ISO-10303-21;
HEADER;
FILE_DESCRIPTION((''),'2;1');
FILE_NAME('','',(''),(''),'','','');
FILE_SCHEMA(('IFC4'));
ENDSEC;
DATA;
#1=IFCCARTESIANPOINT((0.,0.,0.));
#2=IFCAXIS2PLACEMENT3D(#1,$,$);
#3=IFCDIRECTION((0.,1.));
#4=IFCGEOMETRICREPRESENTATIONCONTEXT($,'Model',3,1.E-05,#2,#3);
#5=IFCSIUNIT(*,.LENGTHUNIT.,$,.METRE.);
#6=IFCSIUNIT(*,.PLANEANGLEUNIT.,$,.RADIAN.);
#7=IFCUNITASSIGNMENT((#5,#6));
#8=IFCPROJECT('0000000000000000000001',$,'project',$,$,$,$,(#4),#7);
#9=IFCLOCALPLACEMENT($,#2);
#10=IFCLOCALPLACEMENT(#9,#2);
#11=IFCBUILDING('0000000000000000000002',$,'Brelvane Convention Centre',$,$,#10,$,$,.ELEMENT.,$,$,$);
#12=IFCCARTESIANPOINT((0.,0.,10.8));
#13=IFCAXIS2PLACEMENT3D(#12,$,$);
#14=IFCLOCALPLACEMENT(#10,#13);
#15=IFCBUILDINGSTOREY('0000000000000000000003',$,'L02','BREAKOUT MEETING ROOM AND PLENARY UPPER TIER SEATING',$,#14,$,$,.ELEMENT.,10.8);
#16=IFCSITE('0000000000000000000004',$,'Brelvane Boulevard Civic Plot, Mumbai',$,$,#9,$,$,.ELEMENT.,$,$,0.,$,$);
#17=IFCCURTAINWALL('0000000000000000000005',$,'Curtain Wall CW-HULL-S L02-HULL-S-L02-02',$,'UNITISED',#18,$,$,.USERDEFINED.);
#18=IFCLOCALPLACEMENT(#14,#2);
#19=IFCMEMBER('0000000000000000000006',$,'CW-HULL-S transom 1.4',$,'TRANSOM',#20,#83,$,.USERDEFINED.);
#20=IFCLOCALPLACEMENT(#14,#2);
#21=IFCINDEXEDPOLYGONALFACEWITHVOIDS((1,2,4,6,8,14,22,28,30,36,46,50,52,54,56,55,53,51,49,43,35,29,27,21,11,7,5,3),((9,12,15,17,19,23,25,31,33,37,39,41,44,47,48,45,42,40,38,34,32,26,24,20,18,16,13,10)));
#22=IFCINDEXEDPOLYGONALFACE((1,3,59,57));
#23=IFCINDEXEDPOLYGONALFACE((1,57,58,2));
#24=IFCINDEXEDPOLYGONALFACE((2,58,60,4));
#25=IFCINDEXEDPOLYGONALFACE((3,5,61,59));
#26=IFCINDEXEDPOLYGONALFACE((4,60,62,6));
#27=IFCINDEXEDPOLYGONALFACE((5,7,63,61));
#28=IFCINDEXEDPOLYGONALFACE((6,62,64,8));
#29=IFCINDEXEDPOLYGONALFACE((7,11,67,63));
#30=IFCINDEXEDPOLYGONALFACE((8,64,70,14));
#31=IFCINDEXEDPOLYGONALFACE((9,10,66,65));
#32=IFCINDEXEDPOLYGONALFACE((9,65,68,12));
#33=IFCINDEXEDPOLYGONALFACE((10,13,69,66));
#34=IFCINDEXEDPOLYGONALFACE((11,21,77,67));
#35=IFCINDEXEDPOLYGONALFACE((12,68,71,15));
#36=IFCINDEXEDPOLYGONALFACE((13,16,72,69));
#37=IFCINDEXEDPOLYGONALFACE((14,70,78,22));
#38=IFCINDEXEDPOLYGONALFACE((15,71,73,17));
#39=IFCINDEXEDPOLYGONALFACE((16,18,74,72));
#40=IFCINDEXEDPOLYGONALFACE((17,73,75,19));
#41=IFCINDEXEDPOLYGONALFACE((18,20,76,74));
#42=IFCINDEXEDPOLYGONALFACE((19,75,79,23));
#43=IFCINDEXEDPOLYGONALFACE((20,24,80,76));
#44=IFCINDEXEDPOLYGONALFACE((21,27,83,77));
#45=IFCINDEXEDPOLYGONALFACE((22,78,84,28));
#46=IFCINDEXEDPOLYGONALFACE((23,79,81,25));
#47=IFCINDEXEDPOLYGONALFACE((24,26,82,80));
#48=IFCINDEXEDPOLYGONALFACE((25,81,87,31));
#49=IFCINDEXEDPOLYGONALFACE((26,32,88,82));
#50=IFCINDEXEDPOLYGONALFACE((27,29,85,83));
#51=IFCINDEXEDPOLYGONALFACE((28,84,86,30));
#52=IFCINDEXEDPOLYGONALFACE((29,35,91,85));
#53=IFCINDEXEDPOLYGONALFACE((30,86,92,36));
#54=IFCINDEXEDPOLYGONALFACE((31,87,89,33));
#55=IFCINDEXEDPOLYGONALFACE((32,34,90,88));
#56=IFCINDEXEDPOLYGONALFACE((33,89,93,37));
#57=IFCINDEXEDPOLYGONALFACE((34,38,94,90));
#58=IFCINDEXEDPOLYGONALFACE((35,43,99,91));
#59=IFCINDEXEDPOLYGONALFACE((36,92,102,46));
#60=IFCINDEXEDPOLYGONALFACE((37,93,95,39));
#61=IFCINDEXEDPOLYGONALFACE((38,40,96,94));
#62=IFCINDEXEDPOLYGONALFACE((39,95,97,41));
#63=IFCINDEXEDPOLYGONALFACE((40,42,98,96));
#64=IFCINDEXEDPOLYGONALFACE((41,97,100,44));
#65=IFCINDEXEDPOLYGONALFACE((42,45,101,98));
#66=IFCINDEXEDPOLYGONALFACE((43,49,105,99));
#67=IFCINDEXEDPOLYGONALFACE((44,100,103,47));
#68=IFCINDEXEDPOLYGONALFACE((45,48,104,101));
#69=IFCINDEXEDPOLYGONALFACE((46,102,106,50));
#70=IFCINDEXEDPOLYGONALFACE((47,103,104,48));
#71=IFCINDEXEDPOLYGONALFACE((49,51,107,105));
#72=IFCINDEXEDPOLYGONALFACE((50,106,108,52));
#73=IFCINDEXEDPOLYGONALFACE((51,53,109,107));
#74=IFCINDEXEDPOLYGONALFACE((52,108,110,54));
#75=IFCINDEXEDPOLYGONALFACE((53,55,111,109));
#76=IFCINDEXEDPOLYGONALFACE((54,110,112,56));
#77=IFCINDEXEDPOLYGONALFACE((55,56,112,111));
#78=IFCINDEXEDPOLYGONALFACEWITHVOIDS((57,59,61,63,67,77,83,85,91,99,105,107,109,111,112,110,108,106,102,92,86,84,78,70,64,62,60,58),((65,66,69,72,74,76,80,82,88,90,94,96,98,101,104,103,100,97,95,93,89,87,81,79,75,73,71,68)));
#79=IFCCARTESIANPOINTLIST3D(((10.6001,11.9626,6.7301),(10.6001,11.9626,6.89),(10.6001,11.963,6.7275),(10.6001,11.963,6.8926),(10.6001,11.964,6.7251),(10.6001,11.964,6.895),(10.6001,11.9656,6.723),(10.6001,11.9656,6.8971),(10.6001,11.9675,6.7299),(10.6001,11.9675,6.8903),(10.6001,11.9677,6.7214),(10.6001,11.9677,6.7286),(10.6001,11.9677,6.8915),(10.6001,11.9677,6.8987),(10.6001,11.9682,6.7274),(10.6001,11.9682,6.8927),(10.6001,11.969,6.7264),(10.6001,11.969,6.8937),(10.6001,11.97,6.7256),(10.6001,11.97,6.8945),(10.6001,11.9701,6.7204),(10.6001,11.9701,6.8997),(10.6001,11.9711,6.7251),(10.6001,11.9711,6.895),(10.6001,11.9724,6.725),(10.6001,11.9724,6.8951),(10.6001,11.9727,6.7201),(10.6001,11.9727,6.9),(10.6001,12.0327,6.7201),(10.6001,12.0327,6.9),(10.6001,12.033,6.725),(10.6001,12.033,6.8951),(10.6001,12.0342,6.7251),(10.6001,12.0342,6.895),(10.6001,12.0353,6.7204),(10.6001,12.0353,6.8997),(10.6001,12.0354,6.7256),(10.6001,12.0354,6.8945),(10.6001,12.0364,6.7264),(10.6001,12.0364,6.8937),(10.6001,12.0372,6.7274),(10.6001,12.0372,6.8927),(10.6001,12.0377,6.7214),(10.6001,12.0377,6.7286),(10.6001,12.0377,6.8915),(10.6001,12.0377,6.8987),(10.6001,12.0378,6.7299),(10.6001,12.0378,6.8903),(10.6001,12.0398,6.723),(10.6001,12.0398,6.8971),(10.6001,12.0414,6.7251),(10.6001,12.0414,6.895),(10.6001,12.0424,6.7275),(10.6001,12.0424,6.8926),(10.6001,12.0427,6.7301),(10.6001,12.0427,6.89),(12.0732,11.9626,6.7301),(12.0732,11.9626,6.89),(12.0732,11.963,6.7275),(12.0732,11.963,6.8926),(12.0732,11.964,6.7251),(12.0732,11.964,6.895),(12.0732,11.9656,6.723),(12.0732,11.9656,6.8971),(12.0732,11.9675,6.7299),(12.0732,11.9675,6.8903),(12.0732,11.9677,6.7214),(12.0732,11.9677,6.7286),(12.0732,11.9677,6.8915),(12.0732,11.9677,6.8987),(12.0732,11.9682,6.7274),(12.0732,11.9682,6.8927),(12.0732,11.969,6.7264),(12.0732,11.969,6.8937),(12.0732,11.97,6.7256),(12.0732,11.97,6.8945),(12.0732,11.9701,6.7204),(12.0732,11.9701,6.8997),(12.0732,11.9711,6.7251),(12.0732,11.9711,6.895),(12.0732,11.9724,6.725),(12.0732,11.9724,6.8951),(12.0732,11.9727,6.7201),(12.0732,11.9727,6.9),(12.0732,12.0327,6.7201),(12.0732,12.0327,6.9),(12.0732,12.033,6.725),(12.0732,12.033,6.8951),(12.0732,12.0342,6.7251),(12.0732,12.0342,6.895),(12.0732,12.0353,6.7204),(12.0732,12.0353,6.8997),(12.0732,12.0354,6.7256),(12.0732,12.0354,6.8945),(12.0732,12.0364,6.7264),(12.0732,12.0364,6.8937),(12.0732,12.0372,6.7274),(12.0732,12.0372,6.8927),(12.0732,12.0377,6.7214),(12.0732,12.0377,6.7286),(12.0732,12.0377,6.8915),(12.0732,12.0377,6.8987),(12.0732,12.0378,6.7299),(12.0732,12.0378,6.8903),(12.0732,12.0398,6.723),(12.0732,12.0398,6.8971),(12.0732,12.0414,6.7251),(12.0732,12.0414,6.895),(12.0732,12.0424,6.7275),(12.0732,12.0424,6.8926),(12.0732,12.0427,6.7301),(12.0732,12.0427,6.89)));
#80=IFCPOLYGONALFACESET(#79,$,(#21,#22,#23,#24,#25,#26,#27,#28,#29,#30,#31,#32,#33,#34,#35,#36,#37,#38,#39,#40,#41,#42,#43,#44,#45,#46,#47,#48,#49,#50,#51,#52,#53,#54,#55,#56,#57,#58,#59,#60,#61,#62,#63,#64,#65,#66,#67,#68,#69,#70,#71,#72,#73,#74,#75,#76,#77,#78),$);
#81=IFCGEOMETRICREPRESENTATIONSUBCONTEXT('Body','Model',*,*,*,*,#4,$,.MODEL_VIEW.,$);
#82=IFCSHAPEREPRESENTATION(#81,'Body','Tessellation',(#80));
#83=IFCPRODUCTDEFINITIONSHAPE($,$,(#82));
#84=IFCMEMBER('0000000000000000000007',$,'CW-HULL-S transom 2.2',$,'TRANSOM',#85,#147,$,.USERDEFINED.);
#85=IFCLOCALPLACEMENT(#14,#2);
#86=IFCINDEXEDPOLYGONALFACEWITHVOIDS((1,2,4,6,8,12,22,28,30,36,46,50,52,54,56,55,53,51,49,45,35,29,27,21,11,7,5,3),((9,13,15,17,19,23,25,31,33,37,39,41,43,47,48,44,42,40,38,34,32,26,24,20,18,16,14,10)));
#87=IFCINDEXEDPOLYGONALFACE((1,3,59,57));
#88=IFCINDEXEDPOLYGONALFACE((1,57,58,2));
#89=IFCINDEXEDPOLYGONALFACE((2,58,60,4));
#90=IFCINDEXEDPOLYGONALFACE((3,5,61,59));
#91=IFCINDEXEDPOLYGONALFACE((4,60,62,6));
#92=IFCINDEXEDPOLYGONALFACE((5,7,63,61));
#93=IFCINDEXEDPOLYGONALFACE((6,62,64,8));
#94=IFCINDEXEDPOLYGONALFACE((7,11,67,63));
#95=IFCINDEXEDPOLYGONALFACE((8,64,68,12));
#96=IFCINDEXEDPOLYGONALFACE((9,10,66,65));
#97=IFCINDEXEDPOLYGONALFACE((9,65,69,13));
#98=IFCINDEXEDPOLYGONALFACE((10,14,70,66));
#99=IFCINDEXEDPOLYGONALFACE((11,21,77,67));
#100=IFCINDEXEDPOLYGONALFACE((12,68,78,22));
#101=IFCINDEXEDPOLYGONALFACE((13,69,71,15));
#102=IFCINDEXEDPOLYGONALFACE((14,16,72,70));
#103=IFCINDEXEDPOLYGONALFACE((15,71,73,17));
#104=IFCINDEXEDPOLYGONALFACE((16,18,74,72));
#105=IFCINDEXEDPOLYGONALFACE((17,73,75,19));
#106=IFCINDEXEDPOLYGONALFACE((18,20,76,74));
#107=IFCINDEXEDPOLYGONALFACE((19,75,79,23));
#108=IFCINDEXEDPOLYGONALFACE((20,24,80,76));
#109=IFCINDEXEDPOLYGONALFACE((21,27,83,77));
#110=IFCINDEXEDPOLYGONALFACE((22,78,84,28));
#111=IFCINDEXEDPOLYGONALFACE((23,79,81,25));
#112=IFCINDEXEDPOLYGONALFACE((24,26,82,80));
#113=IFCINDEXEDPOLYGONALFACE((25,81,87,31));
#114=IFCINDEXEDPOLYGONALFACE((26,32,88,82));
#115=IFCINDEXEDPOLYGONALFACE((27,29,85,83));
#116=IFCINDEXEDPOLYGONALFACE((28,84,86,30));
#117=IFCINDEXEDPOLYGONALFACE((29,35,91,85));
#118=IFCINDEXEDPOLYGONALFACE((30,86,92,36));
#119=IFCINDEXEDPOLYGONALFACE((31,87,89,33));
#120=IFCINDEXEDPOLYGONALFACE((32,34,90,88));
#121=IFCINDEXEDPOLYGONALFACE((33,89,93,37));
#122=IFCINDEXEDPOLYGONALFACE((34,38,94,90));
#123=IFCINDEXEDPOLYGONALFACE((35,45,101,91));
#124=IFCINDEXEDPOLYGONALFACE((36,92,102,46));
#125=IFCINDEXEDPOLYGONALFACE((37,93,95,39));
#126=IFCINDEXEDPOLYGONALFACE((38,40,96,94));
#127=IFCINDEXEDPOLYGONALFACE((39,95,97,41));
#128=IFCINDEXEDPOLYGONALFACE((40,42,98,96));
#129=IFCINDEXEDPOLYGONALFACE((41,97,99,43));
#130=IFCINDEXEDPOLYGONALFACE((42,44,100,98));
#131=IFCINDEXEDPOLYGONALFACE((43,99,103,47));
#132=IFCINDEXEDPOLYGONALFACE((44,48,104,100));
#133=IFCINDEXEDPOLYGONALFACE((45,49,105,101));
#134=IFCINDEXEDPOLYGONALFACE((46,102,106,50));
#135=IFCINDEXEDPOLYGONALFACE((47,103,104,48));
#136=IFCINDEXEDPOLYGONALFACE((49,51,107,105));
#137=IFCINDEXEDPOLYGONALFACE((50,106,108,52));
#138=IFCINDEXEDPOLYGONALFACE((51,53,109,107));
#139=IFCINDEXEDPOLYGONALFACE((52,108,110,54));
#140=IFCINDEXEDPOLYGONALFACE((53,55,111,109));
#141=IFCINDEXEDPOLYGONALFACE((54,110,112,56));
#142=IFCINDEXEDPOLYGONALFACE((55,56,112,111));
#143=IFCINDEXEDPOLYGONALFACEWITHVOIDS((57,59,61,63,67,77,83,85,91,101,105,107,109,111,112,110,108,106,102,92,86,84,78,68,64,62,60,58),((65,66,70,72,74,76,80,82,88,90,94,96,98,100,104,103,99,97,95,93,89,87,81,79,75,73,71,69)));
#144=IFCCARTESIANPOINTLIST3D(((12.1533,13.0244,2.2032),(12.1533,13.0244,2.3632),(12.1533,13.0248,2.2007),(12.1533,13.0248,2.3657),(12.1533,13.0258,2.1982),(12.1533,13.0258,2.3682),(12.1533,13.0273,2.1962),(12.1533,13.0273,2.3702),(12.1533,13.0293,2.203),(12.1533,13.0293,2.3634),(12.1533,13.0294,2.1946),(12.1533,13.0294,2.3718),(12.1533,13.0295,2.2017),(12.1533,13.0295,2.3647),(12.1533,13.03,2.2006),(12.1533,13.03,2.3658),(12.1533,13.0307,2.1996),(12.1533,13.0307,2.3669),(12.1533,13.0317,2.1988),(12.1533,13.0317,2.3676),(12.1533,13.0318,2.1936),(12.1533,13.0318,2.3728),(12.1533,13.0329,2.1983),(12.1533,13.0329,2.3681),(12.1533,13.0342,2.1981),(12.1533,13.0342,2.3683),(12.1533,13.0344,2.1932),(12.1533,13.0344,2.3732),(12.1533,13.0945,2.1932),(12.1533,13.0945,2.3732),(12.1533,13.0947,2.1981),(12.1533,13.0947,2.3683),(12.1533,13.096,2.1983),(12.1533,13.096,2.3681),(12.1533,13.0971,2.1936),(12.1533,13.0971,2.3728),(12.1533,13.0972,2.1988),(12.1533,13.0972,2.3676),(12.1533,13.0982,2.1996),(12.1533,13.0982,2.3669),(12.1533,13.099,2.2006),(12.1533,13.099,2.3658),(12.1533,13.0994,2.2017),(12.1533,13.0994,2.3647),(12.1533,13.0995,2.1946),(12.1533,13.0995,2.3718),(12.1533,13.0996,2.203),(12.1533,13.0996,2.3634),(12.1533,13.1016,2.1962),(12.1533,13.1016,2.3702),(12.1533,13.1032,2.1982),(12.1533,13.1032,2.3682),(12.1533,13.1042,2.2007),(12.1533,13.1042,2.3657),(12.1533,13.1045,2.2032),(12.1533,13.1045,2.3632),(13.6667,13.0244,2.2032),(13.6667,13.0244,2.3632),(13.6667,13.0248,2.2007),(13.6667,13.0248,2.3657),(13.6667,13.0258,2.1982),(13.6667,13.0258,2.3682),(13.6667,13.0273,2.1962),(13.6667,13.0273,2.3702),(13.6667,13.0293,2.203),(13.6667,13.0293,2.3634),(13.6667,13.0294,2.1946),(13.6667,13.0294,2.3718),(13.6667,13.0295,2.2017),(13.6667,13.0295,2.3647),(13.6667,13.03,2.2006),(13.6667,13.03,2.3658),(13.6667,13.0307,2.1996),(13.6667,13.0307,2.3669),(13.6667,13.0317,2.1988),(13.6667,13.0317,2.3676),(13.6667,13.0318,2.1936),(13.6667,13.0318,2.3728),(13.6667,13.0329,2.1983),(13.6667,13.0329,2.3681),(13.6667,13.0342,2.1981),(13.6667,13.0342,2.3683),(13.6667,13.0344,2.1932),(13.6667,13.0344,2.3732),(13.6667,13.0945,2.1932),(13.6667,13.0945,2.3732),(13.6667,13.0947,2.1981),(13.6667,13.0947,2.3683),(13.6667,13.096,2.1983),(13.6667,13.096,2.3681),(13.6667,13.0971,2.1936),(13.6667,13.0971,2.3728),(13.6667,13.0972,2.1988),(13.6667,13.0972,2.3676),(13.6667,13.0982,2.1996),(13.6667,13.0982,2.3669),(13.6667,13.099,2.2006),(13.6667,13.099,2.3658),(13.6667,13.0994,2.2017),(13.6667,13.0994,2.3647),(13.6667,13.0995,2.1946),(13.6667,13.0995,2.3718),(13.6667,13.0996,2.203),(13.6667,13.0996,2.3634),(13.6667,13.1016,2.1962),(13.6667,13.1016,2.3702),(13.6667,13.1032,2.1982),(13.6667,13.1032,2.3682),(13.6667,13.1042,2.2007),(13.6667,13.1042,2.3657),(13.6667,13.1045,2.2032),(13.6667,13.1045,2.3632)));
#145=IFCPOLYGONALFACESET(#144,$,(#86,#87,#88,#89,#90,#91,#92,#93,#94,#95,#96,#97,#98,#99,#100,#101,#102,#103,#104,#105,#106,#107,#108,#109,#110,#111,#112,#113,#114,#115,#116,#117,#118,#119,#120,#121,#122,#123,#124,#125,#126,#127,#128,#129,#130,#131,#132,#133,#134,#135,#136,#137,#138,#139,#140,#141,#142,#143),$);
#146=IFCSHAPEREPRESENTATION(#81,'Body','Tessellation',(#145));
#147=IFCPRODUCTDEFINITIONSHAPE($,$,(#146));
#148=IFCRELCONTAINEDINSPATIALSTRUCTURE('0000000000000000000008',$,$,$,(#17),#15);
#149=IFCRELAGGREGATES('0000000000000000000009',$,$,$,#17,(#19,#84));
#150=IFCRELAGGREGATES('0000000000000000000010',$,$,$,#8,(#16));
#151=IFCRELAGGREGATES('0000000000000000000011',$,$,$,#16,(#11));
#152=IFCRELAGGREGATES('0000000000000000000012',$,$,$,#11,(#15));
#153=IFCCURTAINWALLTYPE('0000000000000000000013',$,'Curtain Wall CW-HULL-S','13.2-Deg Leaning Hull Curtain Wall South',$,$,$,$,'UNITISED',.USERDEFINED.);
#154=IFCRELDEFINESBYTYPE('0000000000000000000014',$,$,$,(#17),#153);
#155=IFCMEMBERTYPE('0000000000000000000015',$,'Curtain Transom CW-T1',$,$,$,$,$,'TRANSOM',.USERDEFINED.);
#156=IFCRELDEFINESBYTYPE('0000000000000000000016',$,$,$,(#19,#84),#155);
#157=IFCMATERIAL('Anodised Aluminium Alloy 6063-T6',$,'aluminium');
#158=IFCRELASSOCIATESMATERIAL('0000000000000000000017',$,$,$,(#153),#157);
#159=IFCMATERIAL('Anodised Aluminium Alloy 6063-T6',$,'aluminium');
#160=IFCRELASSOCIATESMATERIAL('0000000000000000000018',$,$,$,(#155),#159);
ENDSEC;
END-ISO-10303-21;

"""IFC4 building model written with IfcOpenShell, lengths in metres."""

from ifc_helpers import new_model, si_unit, direction, frame, origin, origin_2d, place, context, subcontext, project, spatial, hollow_rectangle, extrude, material, material_profile, profile_set, type_object, element, aggregate, save


model = new_model("IFC4")

# Units and contexts
model_context = context("Model", 3, precision=1e-05, world=origin(), true_north=direction((0.0, 1.0)))
body_context = subcontext(model_context, "Body", "Model", "MODEL_VIEW")
ifc_project = project(units=[si_unit("LENGTHUNIT", "METRE"), si_unit("PLANEANGLEUNIT", "RADIAN")], contexts=[model_context])

# Site, building, storey
site_placement = place(None, origin())
site = spatial("IfcSite", under=ifc_project, at=site_placement, Name="Brelvane Boulevard Civic Plot, Mumbai", CompositionType="ELEMENT", RefElevation=0.0)
building_placement = place(site_placement, origin())
building = spatial("IfcBuilding", under=site, at=building_placement, Name="Brelvane Convention Centre", CompositionType="ELEMENT")
storey_placement = place(building_placement, frame((0.0, 0.0, 10.8)))
storey = spatial("IfcBuildingStorey", under=building, at=storey_placement, Name="L02", Description="BREAKOUT MEETING ROOM AND PLENARY UPPER TIER SEATING", CompositionType="ELEMENT", Elevation=10.8)

# Curtain wall, members
ifc_material_1 = material(Name="Anodised Aluminium Alloy 6063-T6", Category="aluminium")
curtain_wall_type = type_object("IfcCurtainWallType", Name="Curtain Wall CW-HULL-S", Description="13.2-Deg Leaning Hull Curtain Wall South", ElementType="UNITISED", PredefinedType="USERDEFINED", material=ifc_material_1)
ifc_material_2 = material(Name="Anodised Aluminium Alloy 6063-T6", Category="aluminium")
ifc_material_profile = material_profile(ifc_material_2, hollow_rectangle(XDim=0.0801, YDim=0.1799, WallThickness=0.0049, InnerFilletRadius=0.0049, OuterFilletRadius=0.01, at=origin_2d()), Name="ALU-T 180x80x5.0")
ifc_profile_set = profile_set([ifc_material_profile], Name="Anodised Aluminium Alloy 6063-T6")
member_type = type_object("IfcMemberType", Name="Curtain Transom CW-T1", ElementType="TRANSOM", PredefinedType="USERDEFINED", material=ifc_profile_set)
curtain_wall_1_placement = place(storey_placement, origin())
curtain_wall_1 = element("IfcCurtainWall", 1, at=curtain_wall_1_placement, inside=storey, type_object=curtain_wall_type, Name="Curtain Wall CW-HULL-S L02-HULL-S-L02-02", ObjectType="UNITISED", PredefinedType="USERDEFINED")
member_1_placement = place(storey_placement, frame((10.6001, 12.0027, 6.8101), z_axis=(1.0, 0.0, 0.0), x_axis=(0.0, 1.0, 0.0)))
member_1 = element("IfcMember", 2, at=member_1_placement, type_object=member_type, Name="CW-HULL-S transom 1.4", ObjectType="TRANSOM", PredefinedType="USERDEFINED", context=body_context, shape_type="SweptSolid", body=[
    extrude(hollow_rectangle(XDim=0.0801, YDim=0.1799, WallThickness=0.0049, InnerFilletRadius=0.0049, OuterFilletRadius=0.01, at=origin_2d()), origin(), (0.0, 0.0, 1.0), 1.4731),
])
member_2_placement = place(storey_placement, frame((12.1533, 13.0645, 2.2832), z_axis=(1.0, 0.0, 0.0), x_axis=(0.0, 1.0, 0.0)))
member_2 = element("IfcMember", 3, at=member_2_placement, type_object=member_type, Name="CW-HULL-S transom 2.2", ObjectType="TRANSOM", PredefinedType="USERDEFINED", context=body_context, shape_type="SweptSolid", body=[
    extrude(hollow_rectangle(XDim=0.0801, YDim=0.1799, WallThickness=0.0049, InnerFilletRadius=0.0049, OuterFilletRadius=0.01, at=origin_2d()), origin(), (0.0, 0.0, 1.0), 1.5134),
])

aggregate(curtain_wall_1, [member_1, member_2])

save(model, "model.ifc")
